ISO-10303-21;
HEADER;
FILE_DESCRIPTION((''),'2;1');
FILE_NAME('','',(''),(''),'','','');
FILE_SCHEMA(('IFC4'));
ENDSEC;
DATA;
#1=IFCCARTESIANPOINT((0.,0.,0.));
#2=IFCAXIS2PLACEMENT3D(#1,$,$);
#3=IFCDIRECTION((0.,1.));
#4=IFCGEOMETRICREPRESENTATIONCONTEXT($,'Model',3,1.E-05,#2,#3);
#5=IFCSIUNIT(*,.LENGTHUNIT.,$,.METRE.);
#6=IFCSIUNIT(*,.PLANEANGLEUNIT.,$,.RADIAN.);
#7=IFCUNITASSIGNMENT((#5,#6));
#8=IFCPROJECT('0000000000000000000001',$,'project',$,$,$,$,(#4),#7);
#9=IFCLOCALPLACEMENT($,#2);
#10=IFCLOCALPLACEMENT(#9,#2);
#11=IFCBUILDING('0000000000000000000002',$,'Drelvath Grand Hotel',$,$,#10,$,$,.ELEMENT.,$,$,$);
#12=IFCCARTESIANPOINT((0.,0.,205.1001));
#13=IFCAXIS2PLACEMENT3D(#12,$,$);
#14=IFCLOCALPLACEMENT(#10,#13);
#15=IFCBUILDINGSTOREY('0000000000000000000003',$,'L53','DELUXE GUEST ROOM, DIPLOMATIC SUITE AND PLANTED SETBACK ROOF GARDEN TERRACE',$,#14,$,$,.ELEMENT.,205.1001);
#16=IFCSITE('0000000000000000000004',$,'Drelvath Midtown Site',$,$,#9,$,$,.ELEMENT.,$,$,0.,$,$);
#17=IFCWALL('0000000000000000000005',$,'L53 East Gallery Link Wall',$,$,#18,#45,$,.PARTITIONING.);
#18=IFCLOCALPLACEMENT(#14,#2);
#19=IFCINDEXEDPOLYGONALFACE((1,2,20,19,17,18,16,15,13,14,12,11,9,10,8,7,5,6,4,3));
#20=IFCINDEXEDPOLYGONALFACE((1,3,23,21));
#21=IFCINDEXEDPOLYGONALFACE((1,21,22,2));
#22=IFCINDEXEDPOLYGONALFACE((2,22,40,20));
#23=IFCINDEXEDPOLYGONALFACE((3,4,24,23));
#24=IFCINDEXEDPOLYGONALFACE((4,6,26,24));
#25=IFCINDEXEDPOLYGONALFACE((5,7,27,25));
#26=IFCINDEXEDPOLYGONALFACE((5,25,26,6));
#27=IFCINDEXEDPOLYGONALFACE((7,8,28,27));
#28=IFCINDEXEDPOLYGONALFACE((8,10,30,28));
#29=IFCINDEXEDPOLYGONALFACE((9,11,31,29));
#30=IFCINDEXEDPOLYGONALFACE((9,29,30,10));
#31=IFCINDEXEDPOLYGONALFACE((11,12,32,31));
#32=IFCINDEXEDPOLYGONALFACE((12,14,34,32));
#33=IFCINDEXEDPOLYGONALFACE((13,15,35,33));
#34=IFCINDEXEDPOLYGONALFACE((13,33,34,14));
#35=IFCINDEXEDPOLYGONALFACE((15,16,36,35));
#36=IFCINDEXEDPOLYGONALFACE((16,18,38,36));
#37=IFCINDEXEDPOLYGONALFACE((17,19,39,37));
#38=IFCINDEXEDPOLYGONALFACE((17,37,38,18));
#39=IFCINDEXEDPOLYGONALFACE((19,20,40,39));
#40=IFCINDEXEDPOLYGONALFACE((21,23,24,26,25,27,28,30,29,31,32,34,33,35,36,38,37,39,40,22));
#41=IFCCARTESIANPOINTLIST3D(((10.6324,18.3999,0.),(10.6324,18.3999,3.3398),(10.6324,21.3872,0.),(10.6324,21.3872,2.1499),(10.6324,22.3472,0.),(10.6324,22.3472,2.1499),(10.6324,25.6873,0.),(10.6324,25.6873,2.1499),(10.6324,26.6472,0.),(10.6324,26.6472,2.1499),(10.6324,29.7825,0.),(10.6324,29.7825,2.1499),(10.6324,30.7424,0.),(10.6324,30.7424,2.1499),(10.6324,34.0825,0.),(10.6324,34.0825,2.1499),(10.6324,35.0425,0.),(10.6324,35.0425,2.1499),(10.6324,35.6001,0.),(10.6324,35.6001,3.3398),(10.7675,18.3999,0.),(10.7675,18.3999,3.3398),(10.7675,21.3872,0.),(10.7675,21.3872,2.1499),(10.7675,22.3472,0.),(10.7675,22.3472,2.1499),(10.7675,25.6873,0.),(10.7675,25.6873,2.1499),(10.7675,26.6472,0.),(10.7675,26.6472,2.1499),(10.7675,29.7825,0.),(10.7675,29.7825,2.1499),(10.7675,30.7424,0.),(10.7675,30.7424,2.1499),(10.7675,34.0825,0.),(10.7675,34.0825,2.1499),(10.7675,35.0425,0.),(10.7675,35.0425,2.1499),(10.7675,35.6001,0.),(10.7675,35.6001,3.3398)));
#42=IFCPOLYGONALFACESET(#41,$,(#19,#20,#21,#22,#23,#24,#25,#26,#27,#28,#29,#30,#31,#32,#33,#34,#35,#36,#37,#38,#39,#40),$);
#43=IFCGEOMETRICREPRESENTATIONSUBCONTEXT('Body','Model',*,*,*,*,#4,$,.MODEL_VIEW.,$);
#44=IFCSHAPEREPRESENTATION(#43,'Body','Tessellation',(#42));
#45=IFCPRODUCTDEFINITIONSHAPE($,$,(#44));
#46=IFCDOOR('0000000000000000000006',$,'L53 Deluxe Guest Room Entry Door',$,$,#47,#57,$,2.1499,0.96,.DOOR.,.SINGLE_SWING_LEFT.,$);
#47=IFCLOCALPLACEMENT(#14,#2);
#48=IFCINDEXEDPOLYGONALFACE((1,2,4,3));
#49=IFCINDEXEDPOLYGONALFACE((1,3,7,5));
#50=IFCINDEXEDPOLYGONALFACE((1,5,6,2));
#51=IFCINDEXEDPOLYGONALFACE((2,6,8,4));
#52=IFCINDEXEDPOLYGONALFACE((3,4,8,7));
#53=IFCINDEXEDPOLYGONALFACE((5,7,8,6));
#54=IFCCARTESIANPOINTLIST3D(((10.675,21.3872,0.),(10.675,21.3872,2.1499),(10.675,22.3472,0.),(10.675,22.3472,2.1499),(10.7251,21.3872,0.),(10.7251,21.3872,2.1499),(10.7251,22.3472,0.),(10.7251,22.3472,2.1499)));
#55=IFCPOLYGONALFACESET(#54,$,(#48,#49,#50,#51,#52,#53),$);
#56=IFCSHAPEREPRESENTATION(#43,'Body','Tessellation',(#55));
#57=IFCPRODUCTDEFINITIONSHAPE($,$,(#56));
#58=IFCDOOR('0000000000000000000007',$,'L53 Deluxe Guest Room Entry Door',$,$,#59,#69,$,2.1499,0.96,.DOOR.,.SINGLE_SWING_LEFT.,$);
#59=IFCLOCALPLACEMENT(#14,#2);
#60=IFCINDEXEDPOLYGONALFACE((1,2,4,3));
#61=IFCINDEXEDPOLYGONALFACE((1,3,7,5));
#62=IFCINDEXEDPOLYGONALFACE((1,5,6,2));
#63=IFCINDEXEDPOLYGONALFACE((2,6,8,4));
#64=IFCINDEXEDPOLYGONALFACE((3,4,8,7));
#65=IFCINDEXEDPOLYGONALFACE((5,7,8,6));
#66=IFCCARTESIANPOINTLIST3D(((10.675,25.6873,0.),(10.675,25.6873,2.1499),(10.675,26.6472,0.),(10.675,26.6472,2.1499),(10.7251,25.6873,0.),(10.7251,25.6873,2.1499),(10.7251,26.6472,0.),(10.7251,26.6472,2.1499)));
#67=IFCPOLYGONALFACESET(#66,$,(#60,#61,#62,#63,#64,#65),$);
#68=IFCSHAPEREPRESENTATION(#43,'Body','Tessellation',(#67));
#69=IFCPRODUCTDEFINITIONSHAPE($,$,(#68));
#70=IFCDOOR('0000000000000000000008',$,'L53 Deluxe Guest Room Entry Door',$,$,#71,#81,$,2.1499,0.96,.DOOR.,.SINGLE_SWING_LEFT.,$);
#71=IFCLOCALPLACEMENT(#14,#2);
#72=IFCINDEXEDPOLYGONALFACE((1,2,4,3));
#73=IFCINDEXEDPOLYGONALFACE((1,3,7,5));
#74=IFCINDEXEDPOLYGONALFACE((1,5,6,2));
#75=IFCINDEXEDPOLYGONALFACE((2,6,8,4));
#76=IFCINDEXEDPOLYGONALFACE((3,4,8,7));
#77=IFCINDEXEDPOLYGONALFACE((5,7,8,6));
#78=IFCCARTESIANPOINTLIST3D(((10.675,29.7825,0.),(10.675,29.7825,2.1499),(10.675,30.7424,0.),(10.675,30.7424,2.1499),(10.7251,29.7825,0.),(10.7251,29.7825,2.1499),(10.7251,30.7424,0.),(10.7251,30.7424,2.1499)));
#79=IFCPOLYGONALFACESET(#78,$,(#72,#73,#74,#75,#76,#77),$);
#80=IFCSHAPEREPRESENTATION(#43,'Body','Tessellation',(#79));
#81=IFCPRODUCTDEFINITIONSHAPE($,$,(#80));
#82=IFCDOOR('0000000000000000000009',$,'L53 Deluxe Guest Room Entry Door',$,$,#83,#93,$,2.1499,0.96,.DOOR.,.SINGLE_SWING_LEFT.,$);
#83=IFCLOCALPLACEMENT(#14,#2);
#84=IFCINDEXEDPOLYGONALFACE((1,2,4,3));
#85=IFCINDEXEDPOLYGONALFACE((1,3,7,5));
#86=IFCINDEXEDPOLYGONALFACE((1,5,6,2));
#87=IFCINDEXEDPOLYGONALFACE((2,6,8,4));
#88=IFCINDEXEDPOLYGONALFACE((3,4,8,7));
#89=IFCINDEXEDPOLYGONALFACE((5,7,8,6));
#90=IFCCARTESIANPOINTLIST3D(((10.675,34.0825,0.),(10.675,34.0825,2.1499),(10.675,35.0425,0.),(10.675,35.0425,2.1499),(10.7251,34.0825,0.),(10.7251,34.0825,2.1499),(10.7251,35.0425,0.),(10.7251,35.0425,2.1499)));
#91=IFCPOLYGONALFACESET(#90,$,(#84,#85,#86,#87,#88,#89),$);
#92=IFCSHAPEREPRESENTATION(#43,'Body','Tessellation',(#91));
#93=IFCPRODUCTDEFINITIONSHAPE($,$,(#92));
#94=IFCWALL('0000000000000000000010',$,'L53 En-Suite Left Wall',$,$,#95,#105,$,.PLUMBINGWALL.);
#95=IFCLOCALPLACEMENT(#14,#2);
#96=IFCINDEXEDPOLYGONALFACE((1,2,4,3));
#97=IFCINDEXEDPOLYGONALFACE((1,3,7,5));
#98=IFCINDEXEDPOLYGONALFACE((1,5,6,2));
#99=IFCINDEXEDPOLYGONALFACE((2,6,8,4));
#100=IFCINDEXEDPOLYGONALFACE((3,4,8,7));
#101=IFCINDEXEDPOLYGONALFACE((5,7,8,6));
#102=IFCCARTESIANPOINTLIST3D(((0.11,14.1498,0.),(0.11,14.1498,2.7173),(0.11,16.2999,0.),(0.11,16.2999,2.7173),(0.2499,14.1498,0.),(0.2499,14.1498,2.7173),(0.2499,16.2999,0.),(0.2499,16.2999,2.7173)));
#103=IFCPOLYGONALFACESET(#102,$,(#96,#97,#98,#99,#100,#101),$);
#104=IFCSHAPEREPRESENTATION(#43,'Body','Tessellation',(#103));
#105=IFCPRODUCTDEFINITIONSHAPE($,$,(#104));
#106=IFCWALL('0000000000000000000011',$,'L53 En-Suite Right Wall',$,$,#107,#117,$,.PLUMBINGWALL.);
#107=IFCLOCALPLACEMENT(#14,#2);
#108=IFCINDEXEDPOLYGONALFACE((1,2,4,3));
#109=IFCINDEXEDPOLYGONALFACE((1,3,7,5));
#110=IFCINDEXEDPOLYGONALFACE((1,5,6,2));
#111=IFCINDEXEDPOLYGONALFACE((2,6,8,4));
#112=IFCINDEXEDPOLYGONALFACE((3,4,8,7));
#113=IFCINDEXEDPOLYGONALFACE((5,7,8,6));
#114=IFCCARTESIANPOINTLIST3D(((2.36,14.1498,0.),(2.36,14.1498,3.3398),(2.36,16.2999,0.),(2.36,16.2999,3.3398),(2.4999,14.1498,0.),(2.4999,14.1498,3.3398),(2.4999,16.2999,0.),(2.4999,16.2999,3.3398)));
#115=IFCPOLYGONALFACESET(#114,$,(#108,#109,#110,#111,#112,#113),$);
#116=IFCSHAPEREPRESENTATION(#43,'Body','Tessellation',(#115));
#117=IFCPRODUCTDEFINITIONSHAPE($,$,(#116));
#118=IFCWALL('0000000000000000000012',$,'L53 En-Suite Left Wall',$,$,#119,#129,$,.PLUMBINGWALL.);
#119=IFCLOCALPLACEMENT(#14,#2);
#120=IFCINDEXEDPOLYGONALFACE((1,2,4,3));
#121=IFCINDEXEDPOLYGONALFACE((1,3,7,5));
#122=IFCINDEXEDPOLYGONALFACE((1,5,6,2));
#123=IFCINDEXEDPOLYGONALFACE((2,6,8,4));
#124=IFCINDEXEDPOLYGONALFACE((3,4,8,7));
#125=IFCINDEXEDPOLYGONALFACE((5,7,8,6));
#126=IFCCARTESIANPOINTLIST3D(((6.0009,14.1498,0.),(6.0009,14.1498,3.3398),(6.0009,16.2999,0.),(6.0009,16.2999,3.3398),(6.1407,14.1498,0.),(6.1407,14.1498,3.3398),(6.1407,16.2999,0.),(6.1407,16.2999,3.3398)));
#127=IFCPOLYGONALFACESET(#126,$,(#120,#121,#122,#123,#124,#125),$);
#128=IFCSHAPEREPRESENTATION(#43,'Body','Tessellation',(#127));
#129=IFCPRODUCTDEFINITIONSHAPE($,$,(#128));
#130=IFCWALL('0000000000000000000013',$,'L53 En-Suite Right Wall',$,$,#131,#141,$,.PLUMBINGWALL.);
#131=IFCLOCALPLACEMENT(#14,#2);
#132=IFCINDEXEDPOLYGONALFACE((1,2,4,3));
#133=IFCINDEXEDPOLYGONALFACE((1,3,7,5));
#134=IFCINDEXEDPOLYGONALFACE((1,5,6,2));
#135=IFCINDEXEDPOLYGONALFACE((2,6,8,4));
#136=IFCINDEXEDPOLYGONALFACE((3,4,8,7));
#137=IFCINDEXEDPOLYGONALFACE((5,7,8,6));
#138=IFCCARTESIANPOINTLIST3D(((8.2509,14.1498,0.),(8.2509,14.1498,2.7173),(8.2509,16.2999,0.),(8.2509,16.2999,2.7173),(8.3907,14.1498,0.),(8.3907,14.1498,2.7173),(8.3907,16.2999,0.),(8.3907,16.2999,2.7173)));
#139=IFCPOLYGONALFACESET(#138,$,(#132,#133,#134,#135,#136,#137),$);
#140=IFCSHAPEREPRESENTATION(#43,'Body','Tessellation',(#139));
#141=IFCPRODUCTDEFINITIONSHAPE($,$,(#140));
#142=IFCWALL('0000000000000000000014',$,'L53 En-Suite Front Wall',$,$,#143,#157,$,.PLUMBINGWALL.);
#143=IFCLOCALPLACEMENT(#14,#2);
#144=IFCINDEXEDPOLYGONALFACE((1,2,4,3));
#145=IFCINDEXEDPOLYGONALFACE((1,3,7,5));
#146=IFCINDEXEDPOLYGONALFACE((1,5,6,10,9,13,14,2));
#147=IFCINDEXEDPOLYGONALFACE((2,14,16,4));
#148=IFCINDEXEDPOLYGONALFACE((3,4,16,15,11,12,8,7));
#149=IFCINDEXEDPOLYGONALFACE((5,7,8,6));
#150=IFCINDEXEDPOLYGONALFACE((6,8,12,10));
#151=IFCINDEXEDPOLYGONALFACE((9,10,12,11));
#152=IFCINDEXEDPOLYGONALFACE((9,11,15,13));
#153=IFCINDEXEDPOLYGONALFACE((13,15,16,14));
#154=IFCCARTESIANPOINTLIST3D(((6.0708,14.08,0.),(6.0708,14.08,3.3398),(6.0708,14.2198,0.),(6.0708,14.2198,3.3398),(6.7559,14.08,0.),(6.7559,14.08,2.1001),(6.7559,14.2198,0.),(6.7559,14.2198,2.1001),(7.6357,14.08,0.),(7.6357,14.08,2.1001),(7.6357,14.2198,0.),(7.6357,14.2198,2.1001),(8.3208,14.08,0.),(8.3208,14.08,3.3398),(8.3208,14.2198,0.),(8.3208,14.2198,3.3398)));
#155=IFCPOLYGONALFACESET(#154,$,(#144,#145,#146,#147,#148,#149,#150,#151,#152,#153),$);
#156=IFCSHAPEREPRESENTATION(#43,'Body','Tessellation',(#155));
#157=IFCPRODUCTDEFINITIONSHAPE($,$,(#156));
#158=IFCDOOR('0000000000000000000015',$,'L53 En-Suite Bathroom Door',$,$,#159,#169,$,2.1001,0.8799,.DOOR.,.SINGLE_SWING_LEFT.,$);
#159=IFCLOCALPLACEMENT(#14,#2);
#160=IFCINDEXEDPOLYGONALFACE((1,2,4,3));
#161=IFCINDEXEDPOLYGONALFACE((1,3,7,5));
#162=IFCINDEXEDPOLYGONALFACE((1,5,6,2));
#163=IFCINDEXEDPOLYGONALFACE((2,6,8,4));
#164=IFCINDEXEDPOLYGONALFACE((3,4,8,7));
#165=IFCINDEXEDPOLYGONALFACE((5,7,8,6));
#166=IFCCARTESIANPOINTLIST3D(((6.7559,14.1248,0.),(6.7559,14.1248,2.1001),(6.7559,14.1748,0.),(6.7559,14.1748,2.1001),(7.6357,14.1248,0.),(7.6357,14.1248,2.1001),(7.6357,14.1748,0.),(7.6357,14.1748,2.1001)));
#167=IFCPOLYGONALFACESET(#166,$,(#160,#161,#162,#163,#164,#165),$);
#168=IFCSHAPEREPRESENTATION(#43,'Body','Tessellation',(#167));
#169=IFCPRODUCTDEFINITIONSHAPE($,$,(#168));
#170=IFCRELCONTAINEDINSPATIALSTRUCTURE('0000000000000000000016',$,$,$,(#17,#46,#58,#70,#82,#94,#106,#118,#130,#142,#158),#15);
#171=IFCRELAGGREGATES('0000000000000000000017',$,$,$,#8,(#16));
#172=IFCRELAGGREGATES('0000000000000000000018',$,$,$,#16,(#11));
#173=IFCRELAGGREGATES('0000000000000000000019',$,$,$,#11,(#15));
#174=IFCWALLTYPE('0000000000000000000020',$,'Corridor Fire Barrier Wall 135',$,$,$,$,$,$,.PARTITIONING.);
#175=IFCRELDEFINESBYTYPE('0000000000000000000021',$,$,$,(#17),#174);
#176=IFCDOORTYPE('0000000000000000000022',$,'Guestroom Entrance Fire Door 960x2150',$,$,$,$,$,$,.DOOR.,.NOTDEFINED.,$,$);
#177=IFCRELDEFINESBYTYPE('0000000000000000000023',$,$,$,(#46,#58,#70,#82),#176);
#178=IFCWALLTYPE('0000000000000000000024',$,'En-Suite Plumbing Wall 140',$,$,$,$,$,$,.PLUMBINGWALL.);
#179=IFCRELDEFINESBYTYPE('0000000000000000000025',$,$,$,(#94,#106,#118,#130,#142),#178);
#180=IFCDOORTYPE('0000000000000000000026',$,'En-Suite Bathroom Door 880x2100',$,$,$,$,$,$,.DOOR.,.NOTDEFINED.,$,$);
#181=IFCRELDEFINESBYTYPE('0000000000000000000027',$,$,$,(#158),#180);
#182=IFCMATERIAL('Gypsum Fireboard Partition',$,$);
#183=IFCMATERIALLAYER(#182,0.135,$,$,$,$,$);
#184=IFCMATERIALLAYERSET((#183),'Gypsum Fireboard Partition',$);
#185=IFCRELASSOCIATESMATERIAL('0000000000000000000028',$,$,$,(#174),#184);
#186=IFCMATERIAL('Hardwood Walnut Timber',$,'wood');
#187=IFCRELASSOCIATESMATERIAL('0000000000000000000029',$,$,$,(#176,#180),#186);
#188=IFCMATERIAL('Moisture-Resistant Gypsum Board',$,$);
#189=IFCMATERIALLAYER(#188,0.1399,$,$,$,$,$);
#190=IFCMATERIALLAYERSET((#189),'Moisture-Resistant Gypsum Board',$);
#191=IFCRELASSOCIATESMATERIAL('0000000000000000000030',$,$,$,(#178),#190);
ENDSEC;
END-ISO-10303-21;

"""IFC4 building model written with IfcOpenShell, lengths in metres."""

from ifc_helpers import new_model, si_unit, direction, frame, frame_2d, origin, place, context, subcontext, project, spatial, rectangle, extrude, material, layer, layer_set, type_object, element, fill, save


model = new_model("IFC4")

# Units and contexts
model_context = context("Model", 3, precision=1e-05, world=origin(), true_north=direction((0.0, 1.0)))
body_context = subcontext(model_context, "Body", "Model", "MODEL_VIEW")
ifc_project = project(units=[si_unit("LENGTHUNIT", "METRE"), si_unit("PLANEANGLEUNIT", "RADIAN")], contexts=[model_context])

# Site, building, storey
site_placement = place(None, origin())
site = spatial("IfcSite", under=ifc_project, at=site_placement, Name="Drelvath Midtown Site", CompositionType="ELEMENT", RefElevation=0.0)
building_placement = place(site_placement, origin())
building = spatial("IfcBuilding", under=site, at=building_placement, Name="Drelvath Grand Hotel", CompositionType="ELEMENT")
storey_placement = place(building_placement, frame((0.0, 0.0, 205.1001)))
storey = spatial("IfcBuildingStorey", under=building, at=storey_placement, Name="L53", Description="DELUXE GUEST ROOM, DIPLOMATIC SUITE AND PLANTED SETBACK ROOF GARDEN TERRACE", CompositionType="ELEMENT", Elevation=205.1001)

# Shared definitions
ifc_material_1 = material(Name="Gypsum Fireboard Partition")
ifc_layer_1 = layer(ifc_material_1, 0.135)
ifc_layer_set_1 = layer_set([ifc_layer_1], Name="Gypsum Fireboard Partition")
wall_type_1 = type_object("IfcWallType", Name="Corridor Fire Barrier Wall 135", PredefinedType="PARTITIONING", material=ifc_layer_set_1)

# Wall, openings, doors
wall_1_placement = place(storey_placement, frame((10.7, 18.3999, 0.0), z_axis=(0.0, 0.0, 1.0), x_axis=(0.0, 1.0, 0.0)))
wall_1 = element("IfcWall", 1, at=wall_1_placement, inside=storey, type_object=wall_type_1, Name="L53 East Gallery Link Wall", PredefinedType="PARTITIONING", context=body_context, shape_type="SweptSolid", body=[
    extrude(rectangle(XDim=17.2002, YDim=0.135, at=frame_2d((8.6001, 0.0))), origin(), (0.0, 0.0, 1.0), 3.3398),
])
opening_1_placement = place(wall_1_placement, frame((2.9873, 0.0, 0.0)))
opening_1 = element("IfcOpeningElement", 2, at=opening_1_placement, cuts=wall_1, PredefinedType="OPENING", context=body_context, shape_type="SweptSolid", body=[
    extrude(rectangle(XDim=0.96, YDim=2.1499, at=frame_2d((0.48, 1.075))), frame((0.0, 0.0774, 0.0), z_axis=(0.0, -1.0, 0.0), x_axis=(1.0, 0.0, 0.0)), (0.0, 0.0, 1.0), 0.155),
])
opening_2_placement = place(wall_1_placement, frame((7.2874, 0.0, 0.0)))
opening_2 = element("IfcOpeningElement", 3, at=opening_2_placement, cuts=wall_1, PredefinedType="OPENING", context=body_context, shape_type="SweptSolid", body=[
    extrude(rectangle(XDim=0.96, YDim=2.1499, at=frame_2d((0.48, 1.075))), frame((0.0, 0.0774, 0.0), z_axis=(0.0, -1.0, 0.0), x_axis=(1.0, 0.0, 0.0)), (0.0, 0.0, 1.0), 0.155),
])
opening_3_placement = place(wall_1_placement, frame((11.3826, 0.0, 0.0)))
opening_3 = element("IfcOpeningElement", 4, at=opening_3_placement, cuts=wall_1, PredefinedType="OPENING", context=body_context, shape_type="SweptSolid", body=[
    extrude(rectangle(XDim=0.96, YDim=2.1499, at=frame_2d((0.48, 1.075))), frame((0.0, 0.0774, 0.0), z_axis=(0.0, -1.0, 0.0), x_axis=(1.0, 0.0, 0.0)), (0.0, 0.0, 1.0), 0.155),
])
opening_4_placement = place(wall_1_placement, frame((15.6826, 0.0, 0.0)))
opening_4 = element("IfcOpeningElement", 5, at=opening_4_placement, cuts=wall_1, PredefinedType="OPENING", context=body_context, shape_type="SweptSolid", body=[
    extrude(rectangle(XDim=0.96, YDim=2.1499, at=frame_2d((0.48, 1.075))), frame((0.0, 0.0774, 0.0), z_axis=(0.0, -1.0, 0.0), x_axis=(1.0, 0.0, 0.0)), (0.0, 0.0, 1.0), 0.155),
])
ifc_material_2 = material(Name="Hardwood Walnut Timber", Category="wood")
door_type_1 = type_object("IfcDoorType", Name="Guestroom Entrance Fire Door 960x2150", OperationType="NOTDEFINED", PredefinedType="DOOR", material=ifc_material_2)
door_1_placement = place(opening_1_placement, origin())
door_1 = element("IfcDoor", 6, at=door_1_placement, inside=storey, type_object=door_type_1, Name="L53 Deluxe Guest Room Entry Door", OperationType="SINGLE_SWING_LEFT", OverallHeight=2.1499, OverallWidth=0.96, PredefinedType="DOOR", context=body_context, shape_type="SweptSolid", body=[
    extrude(rectangle(XDim=0.96, YDim=2.1499, at=frame_2d((0.48, 1.075))), frame((0.0, 0.0249, 0.0), z_axis=(0.0, -1.0, 0.0), x_axis=(1.0, 0.0, 0.0)), (0.0, 0.0, 1.0), 0.05),
])
fill(opening_1, door_1)
door_2_placement = place(opening_2_placement, origin())
door_2 = element("IfcDoor", 7, at=door_2_placement, inside=storey, type_object=door_type_1, Name="L53 Deluxe Guest Room Entry Door", OperationType="SINGLE_SWING_LEFT", OverallHeight=2.1499, OverallWidth=0.96, PredefinedType="DOOR", context=body_context, shape_type="SweptSolid", body=[
    extrude(rectangle(XDim=0.96, YDim=2.1499, at=frame_2d((0.48, 1.075))), frame((0.0, 0.0249, 0.0), z_axis=(0.0, -1.0, 0.0), x_axis=(1.0, 0.0, 0.0)), (0.0, 0.0, 1.0), 0.05),
])
fill(opening_2, door_2)
door_3_placement = place(opening_3_placement, origin())
door_3 = element("IfcDoor", 8, at=door_3_placement, inside=storey, type_object=door_type_1, Name="L53 Deluxe Guest Room Entry Door", OperationType="SINGLE_SWING_LEFT", OverallHeight=2.1499, OverallWidth=0.96, PredefinedType="DOOR", context=body_context, shape_type="SweptSolid", body=[
    extrude(rectangle(XDim=0.96, YDim=2.1499, at=frame_2d((0.48, 1.075))), frame((0.0, 0.0249, 0.0), z_axis=(0.0, -1.0, 0.0), x_axis=(1.0, 0.0, 0.0)), (0.0, 0.0, 1.0), 0.05),
])
fill(opening_3, door_3)
door_4_placement = place(opening_4_placement, origin())
door_4 = element("IfcDoor", 9, at=door_4_placement, inside=storey, type_object=door_type_1, Name="L53 Deluxe Guest Room Entry Door", OperationType="SINGLE_SWING_LEFT", OverallHeight=2.1499, OverallWidth=0.96, PredefinedType="DOOR", context=body_context, shape_type="SweptSolid", body=[
    extrude(rectangle(XDim=0.96, YDim=2.1499, at=frame_2d((0.48, 1.075))), frame((0.0, 0.0249, 0.0), z_axis=(0.0, -1.0, 0.0), x_axis=(1.0, 0.0, 0.0)), (0.0, 0.0, 1.0), 0.05),
])
fill(opening_4, door_4)

# Walls
ifc_material_3 = material(Name="Moisture-Resistant Gypsum Board")
ifc_layer_2 = layer(ifc_material_3, 0.1399)
ifc_layer_set_2 = layer_set([ifc_layer_2], Name="Moisture-Resistant Gypsum Board")
wall_type_2 = type_object("IfcWallType", Name="En-Suite Plumbing Wall 140", PredefinedType="PLUMBINGWALL", material=ifc_layer_set_2)
wall_2_placement = place(storey_placement, frame((0.1799, 16.3, 0.0), z_axis=(0.0, 0.0, 1.0), x_axis=(0.0, -1.0, 0.0)))
element("IfcWall", 10, at=wall_2_placement, inside=storey, type_object=wall_type_2, Name="L53 En-Suite Left Wall", PredefinedType="PLUMBINGWALL", context=body_context, shape_type="SweptSolid", body=[
    extrude(rectangle(XDim=2.1501, YDim=0.1399, at=frame_2d((1.0752, 0.0))), origin(), (0.0, 0.0, 1.0), 2.7173),
])
for number, where, z_axis, x_axis, name in (
    (11, (2.4299, 16.3, 0.0), (0.0, 0.0, 1.0), (0.0, -1.0, 0.0), "L53 En-Suite Right Wall"),
    (12, (6.0708, 16.3, 0.0), (0.0, 0.0, 1.0), (0.0, -1.0, 0.0), "L53 En-Suite Left Wall"),
):
    element("IfcWall", number, at=place(storey_placement, frame(where, z_axis=z_axis, x_axis=x_axis)), inside=storey, type_object=wall_type_2, Name=name, PredefinedType="PLUMBINGWALL", context=body_context, shape_type="SweptSolid", body=[
        extrude(rectangle(XDim=2.1501, YDim=0.1399, at=frame_2d((1.0752, 0.0))), origin(), (0.0, 0.0, 1.0), 3.3398),
    ])
wall_3_placement = place(storey_placement, frame((8.3208, 16.3, 0.0), z_axis=(0.0, 0.0, 1.0), x_axis=(0.0, -1.0, 0.0)))
element("IfcWall", 13, at=wall_3_placement, inside=storey, type_object=wall_type_2, Name="L53 En-Suite Right Wall", PredefinedType="PLUMBINGWALL", context=body_context, shape_type="SweptSolid", body=[
    extrude(rectangle(XDim=2.1501, YDim=0.1399, at=frame_2d((1.0752, 0.0))), origin(), (0.0, 0.0, 1.0), 2.7173),
])

# Wall, opening, door
wall_4_placement = place(storey_placement, frame((6.0708, 14.1499, 0.0), z_axis=(0.0, 0.0, 1.0), x_axis=(1.0, 0.0, 0.0)))
wall_4 = element("IfcWall", 14, at=wall_4_placement, inside=storey, type_object=wall_type_2, Name="L53 En-Suite Front Wall", PredefinedType="PLUMBINGWALL", context=body_context, shape_type="SweptSolid", body=[
    extrude(rectangle(XDim=2.25, YDim=0.1399, at=frame_2d((1.125, 0.0))), origin(), (0.0, 0.0, 1.0), 3.3398),
])
opening_5_placement = place(wall_4_placement, frame((0.6851, 0.0, 0.0)))
opening_5 = element("IfcOpeningElement", 15, at=opening_5_placement, cuts=wall_4, PredefinedType="OPENING", context=body_context, shape_type="SweptSolid", body=[
    extrude(rectangle(XDim=0.8799, YDim=2.1001, at=frame_2d((0.4399, 1.05))), frame((0.0, 0.0798, 0.0), z_axis=(0.0, -1.0, 0.0), x_axis=(1.0, 0.0, 0.0)), (0.0, 0.0, 1.0), 0.1599),
])
door_type_2 = type_object("IfcDoorType", Name="En-Suite Bathroom Door 880x2100", OperationType="NOTDEFINED", PredefinedType="DOOR", material=ifc_material_2)
door_5_placement = place(opening_5_placement, origin())
door_5 = element("IfcDoor", 16, at=door_5_placement, inside=storey, type_object=door_type_2, Name="L53 En-Suite Bathroom Door", OperationType="SINGLE_SWING_LEFT", OverallHeight=2.1001, OverallWidth=0.8799, PredefinedType="DOOR", context=body_context, shape_type="SweptSolid", body=[
    extrude(rectangle(XDim=0.8799, YDim=2.1001, at=frame_2d((0.4399, 1.05))), frame((0.0, 0.0249, 0.0), z_axis=(0.0, -1.0, 0.0), x_axis=(1.0, 0.0, 0.0)), (0.0, 0.0, 1.0), 0.05),
])
fill(opening_5, door_5)

save(model, "model.ifc")
